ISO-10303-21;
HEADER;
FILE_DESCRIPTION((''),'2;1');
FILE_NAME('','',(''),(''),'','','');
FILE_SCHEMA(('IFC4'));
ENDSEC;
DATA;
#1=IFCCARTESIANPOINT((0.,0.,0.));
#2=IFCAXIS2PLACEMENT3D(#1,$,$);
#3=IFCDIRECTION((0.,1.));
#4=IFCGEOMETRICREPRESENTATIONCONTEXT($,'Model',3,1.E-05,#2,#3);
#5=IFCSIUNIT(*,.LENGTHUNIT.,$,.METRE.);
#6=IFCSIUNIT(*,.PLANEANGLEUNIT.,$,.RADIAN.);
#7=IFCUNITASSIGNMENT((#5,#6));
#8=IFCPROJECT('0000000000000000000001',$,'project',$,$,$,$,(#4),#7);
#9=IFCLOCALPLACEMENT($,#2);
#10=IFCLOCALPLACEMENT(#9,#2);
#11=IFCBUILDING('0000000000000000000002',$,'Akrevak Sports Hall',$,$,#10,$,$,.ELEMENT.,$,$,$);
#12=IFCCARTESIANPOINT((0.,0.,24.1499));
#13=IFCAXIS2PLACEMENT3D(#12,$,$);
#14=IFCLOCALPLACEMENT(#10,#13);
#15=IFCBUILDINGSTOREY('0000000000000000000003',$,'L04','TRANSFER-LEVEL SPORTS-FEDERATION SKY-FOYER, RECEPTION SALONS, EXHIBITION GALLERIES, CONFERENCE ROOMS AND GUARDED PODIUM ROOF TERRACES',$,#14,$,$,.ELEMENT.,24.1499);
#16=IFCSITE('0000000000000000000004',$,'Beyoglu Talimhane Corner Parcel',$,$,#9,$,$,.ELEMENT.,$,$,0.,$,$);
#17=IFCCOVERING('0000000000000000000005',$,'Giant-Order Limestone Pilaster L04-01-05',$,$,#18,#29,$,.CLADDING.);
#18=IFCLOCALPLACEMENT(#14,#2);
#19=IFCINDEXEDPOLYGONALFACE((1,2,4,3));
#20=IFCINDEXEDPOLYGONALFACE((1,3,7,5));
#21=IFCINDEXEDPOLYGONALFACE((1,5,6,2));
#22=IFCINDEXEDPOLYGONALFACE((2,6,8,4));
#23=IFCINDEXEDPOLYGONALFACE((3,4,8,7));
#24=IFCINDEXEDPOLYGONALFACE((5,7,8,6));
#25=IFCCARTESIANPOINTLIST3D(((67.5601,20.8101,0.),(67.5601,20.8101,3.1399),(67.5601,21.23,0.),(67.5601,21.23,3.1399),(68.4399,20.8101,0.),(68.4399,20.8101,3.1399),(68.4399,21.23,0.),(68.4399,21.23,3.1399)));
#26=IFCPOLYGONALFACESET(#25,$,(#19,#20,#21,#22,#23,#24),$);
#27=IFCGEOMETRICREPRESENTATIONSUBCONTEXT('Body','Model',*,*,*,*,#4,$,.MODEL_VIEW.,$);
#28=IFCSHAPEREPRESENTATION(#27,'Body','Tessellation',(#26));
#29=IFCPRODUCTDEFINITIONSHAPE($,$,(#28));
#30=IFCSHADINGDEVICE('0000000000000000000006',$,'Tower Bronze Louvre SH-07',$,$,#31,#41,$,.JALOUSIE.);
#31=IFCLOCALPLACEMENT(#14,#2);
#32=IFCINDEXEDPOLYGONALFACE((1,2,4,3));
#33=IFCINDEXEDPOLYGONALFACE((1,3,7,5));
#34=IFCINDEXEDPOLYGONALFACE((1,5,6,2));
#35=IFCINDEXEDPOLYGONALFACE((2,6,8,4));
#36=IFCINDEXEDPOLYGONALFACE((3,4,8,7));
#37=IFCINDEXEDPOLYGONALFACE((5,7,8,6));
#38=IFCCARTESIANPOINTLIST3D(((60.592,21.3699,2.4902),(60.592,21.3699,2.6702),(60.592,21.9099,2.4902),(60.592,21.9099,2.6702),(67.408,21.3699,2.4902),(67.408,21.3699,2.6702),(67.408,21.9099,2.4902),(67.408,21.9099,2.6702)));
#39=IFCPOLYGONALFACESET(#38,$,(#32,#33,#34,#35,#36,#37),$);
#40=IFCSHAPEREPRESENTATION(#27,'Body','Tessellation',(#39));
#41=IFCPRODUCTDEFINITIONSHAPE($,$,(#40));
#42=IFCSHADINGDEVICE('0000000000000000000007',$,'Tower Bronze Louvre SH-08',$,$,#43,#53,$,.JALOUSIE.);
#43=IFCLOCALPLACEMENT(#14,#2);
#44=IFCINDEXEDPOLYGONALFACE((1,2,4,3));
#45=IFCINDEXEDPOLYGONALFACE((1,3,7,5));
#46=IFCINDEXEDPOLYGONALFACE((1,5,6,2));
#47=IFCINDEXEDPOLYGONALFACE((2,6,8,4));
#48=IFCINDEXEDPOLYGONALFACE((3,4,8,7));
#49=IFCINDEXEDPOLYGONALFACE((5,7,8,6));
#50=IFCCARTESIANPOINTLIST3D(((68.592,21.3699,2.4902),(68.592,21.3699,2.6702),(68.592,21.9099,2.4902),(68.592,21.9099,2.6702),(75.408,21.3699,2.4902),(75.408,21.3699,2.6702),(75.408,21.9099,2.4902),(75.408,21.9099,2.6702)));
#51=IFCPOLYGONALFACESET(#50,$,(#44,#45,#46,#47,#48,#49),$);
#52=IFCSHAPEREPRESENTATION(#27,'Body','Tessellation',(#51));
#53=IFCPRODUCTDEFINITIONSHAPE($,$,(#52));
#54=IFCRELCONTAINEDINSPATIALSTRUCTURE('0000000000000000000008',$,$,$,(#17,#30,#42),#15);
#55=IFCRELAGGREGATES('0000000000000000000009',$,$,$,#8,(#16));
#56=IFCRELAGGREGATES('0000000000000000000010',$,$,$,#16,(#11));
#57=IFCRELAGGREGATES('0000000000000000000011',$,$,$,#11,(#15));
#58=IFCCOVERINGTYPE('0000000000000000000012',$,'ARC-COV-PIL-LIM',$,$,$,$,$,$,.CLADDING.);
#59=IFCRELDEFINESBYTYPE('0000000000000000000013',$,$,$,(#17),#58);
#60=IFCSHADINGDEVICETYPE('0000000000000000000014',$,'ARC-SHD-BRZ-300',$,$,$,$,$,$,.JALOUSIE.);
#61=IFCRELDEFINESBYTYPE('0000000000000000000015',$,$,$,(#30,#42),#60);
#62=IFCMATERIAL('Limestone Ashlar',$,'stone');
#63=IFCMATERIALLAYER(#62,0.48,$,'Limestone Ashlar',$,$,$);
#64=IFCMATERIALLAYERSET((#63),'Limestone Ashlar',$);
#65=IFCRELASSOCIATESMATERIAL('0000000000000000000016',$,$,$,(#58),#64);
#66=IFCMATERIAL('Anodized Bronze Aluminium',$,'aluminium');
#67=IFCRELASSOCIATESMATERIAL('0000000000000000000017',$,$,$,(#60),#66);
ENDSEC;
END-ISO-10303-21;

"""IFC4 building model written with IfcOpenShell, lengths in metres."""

from ifc_helpers import new_model, si_unit, direction, frame, origin, origin_2d, place, context, subcontext, project, spatial, rectangle, extrude, material, layer, layer_set, type_object, element, save


model = new_model("IFC4")

# Units and contexts
model_context = context("Model", 3, precision=1e-05, world=origin(), true_north=direction((0.0, 1.0)))
body_context = subcontext(model_context, "Body", "Model", "MODEL_VIEW")
ifc_project = project(units=[si_unit("LENGTHUNIT", "METRE"), si_unit("PLANEANGLEUNIT", "RADIAN")], contexts=[model_context])

# Site, building, storey
site_placement = place(None, origin())
site = spatial("IfcSite", under=ifc_project, at=site_placement, Name="Beyoglu Talimhane Corner Parcel", CompositionType="ELEMENT", RefElevation=0.0)
building_placement = place(site_placement, origin())
building = spatial("IfcBuilding", under=site, at=building_placement, Name="Akrevak Sports Hall", CompositionType="ELEMENT")
storey_placement = place(building_placement, frame((0.0, 0.0, 24.1499)))
storey = spatial("IfcBuildingStorey", under=building, at=storey_placement, Name="L04", Description="TRANSFER-LEVEL SPORTS-FEDERATION SKY-FOYER, RECEPTION SALONS, EXHIBITION GALLERIES, CONFERENCE ROOMS AND GUARDED PODIUM ROOF TERRACES", CompositionType="ELEMENT", Elevation=24.1499)

# Shared definitions
ifc_material_1 = material(Name="Anodized Bronze Aluminium", Category="aluminium")

# Covering
ifc_material_2 = material(Name="Limestone Ashlar", Category="stone")
ifc_layer_1 = layer(ifc_material_2, 0.48, Name="Limestone Ashlar")
ifc_layer_set_1 = layer_set([ifc_layer_1], Name="Limestone Ashlar")
covering_type = type_object("IfcCoveringType", Name="ARC-COV-PIL-LIM", PredefinedType="CLADDING", material=ifc_layer_set_1)
for number, where, z_axis, x_axis, name in (
    (1, (68.0, 21.02, 0.0), (0.0, 0.0, 1.0), (1.0, 0.0, 0.0), "Giant-Order Limestone Pilaster L04-01-05"),
):
    element("IfcCovering", number, at=place(storey_placement, frame(where, z_axis=z_axis, x_axis=x_axis)), inside=storey, type_object=covering_type, Name=name, PredefinedType="CLADDING", context=body_context, shape_type="SweptSolid", body=[
        extrude(rectangle(XDim=0.8799, YDim=0.4199, at=origin_2d()), origin(), (0.0, 0.0, 1.0), 3.1399),
    ])

# Shading devices
shading_device_type = type_object("IfcShadingDeviceType", Name="ARC-SHD-BRZ-300", PredefinedType="JALOUSIE", material=ifc_material_1)
for number, where, z_axis, x_axis, name in (
    (2, (64.0, 21.6399, 2.4902), (0.0, 0.0, 1.0), (1.0, 0.0, 0.0), "Tower Bronze Louvre SH-07"),
    (3, (72.0, 21.6399, 2.4902), (0.0, 0.0, 1.0), (1.0, 0.0, 0.0), "Tower Bronze Louvre SH-08"),
):
    element("IfcShadingDevice", number, at=place(storey_placement, frame(where, z_axis=z_axis, x_axis=x_axis)), inside=storey, type_object=shading_device_type, Name=name, PredefinedType="JALOUSIE", context=body_context, shape_type="SweptSolid", body=[
        extrude(rectangle(XDim=6.8159, YDim=0.54, at=origin_2d()), origin(), (0.0, 0.0, 1.0), 0.1799),
    ])

save(model, "model.ifc")
